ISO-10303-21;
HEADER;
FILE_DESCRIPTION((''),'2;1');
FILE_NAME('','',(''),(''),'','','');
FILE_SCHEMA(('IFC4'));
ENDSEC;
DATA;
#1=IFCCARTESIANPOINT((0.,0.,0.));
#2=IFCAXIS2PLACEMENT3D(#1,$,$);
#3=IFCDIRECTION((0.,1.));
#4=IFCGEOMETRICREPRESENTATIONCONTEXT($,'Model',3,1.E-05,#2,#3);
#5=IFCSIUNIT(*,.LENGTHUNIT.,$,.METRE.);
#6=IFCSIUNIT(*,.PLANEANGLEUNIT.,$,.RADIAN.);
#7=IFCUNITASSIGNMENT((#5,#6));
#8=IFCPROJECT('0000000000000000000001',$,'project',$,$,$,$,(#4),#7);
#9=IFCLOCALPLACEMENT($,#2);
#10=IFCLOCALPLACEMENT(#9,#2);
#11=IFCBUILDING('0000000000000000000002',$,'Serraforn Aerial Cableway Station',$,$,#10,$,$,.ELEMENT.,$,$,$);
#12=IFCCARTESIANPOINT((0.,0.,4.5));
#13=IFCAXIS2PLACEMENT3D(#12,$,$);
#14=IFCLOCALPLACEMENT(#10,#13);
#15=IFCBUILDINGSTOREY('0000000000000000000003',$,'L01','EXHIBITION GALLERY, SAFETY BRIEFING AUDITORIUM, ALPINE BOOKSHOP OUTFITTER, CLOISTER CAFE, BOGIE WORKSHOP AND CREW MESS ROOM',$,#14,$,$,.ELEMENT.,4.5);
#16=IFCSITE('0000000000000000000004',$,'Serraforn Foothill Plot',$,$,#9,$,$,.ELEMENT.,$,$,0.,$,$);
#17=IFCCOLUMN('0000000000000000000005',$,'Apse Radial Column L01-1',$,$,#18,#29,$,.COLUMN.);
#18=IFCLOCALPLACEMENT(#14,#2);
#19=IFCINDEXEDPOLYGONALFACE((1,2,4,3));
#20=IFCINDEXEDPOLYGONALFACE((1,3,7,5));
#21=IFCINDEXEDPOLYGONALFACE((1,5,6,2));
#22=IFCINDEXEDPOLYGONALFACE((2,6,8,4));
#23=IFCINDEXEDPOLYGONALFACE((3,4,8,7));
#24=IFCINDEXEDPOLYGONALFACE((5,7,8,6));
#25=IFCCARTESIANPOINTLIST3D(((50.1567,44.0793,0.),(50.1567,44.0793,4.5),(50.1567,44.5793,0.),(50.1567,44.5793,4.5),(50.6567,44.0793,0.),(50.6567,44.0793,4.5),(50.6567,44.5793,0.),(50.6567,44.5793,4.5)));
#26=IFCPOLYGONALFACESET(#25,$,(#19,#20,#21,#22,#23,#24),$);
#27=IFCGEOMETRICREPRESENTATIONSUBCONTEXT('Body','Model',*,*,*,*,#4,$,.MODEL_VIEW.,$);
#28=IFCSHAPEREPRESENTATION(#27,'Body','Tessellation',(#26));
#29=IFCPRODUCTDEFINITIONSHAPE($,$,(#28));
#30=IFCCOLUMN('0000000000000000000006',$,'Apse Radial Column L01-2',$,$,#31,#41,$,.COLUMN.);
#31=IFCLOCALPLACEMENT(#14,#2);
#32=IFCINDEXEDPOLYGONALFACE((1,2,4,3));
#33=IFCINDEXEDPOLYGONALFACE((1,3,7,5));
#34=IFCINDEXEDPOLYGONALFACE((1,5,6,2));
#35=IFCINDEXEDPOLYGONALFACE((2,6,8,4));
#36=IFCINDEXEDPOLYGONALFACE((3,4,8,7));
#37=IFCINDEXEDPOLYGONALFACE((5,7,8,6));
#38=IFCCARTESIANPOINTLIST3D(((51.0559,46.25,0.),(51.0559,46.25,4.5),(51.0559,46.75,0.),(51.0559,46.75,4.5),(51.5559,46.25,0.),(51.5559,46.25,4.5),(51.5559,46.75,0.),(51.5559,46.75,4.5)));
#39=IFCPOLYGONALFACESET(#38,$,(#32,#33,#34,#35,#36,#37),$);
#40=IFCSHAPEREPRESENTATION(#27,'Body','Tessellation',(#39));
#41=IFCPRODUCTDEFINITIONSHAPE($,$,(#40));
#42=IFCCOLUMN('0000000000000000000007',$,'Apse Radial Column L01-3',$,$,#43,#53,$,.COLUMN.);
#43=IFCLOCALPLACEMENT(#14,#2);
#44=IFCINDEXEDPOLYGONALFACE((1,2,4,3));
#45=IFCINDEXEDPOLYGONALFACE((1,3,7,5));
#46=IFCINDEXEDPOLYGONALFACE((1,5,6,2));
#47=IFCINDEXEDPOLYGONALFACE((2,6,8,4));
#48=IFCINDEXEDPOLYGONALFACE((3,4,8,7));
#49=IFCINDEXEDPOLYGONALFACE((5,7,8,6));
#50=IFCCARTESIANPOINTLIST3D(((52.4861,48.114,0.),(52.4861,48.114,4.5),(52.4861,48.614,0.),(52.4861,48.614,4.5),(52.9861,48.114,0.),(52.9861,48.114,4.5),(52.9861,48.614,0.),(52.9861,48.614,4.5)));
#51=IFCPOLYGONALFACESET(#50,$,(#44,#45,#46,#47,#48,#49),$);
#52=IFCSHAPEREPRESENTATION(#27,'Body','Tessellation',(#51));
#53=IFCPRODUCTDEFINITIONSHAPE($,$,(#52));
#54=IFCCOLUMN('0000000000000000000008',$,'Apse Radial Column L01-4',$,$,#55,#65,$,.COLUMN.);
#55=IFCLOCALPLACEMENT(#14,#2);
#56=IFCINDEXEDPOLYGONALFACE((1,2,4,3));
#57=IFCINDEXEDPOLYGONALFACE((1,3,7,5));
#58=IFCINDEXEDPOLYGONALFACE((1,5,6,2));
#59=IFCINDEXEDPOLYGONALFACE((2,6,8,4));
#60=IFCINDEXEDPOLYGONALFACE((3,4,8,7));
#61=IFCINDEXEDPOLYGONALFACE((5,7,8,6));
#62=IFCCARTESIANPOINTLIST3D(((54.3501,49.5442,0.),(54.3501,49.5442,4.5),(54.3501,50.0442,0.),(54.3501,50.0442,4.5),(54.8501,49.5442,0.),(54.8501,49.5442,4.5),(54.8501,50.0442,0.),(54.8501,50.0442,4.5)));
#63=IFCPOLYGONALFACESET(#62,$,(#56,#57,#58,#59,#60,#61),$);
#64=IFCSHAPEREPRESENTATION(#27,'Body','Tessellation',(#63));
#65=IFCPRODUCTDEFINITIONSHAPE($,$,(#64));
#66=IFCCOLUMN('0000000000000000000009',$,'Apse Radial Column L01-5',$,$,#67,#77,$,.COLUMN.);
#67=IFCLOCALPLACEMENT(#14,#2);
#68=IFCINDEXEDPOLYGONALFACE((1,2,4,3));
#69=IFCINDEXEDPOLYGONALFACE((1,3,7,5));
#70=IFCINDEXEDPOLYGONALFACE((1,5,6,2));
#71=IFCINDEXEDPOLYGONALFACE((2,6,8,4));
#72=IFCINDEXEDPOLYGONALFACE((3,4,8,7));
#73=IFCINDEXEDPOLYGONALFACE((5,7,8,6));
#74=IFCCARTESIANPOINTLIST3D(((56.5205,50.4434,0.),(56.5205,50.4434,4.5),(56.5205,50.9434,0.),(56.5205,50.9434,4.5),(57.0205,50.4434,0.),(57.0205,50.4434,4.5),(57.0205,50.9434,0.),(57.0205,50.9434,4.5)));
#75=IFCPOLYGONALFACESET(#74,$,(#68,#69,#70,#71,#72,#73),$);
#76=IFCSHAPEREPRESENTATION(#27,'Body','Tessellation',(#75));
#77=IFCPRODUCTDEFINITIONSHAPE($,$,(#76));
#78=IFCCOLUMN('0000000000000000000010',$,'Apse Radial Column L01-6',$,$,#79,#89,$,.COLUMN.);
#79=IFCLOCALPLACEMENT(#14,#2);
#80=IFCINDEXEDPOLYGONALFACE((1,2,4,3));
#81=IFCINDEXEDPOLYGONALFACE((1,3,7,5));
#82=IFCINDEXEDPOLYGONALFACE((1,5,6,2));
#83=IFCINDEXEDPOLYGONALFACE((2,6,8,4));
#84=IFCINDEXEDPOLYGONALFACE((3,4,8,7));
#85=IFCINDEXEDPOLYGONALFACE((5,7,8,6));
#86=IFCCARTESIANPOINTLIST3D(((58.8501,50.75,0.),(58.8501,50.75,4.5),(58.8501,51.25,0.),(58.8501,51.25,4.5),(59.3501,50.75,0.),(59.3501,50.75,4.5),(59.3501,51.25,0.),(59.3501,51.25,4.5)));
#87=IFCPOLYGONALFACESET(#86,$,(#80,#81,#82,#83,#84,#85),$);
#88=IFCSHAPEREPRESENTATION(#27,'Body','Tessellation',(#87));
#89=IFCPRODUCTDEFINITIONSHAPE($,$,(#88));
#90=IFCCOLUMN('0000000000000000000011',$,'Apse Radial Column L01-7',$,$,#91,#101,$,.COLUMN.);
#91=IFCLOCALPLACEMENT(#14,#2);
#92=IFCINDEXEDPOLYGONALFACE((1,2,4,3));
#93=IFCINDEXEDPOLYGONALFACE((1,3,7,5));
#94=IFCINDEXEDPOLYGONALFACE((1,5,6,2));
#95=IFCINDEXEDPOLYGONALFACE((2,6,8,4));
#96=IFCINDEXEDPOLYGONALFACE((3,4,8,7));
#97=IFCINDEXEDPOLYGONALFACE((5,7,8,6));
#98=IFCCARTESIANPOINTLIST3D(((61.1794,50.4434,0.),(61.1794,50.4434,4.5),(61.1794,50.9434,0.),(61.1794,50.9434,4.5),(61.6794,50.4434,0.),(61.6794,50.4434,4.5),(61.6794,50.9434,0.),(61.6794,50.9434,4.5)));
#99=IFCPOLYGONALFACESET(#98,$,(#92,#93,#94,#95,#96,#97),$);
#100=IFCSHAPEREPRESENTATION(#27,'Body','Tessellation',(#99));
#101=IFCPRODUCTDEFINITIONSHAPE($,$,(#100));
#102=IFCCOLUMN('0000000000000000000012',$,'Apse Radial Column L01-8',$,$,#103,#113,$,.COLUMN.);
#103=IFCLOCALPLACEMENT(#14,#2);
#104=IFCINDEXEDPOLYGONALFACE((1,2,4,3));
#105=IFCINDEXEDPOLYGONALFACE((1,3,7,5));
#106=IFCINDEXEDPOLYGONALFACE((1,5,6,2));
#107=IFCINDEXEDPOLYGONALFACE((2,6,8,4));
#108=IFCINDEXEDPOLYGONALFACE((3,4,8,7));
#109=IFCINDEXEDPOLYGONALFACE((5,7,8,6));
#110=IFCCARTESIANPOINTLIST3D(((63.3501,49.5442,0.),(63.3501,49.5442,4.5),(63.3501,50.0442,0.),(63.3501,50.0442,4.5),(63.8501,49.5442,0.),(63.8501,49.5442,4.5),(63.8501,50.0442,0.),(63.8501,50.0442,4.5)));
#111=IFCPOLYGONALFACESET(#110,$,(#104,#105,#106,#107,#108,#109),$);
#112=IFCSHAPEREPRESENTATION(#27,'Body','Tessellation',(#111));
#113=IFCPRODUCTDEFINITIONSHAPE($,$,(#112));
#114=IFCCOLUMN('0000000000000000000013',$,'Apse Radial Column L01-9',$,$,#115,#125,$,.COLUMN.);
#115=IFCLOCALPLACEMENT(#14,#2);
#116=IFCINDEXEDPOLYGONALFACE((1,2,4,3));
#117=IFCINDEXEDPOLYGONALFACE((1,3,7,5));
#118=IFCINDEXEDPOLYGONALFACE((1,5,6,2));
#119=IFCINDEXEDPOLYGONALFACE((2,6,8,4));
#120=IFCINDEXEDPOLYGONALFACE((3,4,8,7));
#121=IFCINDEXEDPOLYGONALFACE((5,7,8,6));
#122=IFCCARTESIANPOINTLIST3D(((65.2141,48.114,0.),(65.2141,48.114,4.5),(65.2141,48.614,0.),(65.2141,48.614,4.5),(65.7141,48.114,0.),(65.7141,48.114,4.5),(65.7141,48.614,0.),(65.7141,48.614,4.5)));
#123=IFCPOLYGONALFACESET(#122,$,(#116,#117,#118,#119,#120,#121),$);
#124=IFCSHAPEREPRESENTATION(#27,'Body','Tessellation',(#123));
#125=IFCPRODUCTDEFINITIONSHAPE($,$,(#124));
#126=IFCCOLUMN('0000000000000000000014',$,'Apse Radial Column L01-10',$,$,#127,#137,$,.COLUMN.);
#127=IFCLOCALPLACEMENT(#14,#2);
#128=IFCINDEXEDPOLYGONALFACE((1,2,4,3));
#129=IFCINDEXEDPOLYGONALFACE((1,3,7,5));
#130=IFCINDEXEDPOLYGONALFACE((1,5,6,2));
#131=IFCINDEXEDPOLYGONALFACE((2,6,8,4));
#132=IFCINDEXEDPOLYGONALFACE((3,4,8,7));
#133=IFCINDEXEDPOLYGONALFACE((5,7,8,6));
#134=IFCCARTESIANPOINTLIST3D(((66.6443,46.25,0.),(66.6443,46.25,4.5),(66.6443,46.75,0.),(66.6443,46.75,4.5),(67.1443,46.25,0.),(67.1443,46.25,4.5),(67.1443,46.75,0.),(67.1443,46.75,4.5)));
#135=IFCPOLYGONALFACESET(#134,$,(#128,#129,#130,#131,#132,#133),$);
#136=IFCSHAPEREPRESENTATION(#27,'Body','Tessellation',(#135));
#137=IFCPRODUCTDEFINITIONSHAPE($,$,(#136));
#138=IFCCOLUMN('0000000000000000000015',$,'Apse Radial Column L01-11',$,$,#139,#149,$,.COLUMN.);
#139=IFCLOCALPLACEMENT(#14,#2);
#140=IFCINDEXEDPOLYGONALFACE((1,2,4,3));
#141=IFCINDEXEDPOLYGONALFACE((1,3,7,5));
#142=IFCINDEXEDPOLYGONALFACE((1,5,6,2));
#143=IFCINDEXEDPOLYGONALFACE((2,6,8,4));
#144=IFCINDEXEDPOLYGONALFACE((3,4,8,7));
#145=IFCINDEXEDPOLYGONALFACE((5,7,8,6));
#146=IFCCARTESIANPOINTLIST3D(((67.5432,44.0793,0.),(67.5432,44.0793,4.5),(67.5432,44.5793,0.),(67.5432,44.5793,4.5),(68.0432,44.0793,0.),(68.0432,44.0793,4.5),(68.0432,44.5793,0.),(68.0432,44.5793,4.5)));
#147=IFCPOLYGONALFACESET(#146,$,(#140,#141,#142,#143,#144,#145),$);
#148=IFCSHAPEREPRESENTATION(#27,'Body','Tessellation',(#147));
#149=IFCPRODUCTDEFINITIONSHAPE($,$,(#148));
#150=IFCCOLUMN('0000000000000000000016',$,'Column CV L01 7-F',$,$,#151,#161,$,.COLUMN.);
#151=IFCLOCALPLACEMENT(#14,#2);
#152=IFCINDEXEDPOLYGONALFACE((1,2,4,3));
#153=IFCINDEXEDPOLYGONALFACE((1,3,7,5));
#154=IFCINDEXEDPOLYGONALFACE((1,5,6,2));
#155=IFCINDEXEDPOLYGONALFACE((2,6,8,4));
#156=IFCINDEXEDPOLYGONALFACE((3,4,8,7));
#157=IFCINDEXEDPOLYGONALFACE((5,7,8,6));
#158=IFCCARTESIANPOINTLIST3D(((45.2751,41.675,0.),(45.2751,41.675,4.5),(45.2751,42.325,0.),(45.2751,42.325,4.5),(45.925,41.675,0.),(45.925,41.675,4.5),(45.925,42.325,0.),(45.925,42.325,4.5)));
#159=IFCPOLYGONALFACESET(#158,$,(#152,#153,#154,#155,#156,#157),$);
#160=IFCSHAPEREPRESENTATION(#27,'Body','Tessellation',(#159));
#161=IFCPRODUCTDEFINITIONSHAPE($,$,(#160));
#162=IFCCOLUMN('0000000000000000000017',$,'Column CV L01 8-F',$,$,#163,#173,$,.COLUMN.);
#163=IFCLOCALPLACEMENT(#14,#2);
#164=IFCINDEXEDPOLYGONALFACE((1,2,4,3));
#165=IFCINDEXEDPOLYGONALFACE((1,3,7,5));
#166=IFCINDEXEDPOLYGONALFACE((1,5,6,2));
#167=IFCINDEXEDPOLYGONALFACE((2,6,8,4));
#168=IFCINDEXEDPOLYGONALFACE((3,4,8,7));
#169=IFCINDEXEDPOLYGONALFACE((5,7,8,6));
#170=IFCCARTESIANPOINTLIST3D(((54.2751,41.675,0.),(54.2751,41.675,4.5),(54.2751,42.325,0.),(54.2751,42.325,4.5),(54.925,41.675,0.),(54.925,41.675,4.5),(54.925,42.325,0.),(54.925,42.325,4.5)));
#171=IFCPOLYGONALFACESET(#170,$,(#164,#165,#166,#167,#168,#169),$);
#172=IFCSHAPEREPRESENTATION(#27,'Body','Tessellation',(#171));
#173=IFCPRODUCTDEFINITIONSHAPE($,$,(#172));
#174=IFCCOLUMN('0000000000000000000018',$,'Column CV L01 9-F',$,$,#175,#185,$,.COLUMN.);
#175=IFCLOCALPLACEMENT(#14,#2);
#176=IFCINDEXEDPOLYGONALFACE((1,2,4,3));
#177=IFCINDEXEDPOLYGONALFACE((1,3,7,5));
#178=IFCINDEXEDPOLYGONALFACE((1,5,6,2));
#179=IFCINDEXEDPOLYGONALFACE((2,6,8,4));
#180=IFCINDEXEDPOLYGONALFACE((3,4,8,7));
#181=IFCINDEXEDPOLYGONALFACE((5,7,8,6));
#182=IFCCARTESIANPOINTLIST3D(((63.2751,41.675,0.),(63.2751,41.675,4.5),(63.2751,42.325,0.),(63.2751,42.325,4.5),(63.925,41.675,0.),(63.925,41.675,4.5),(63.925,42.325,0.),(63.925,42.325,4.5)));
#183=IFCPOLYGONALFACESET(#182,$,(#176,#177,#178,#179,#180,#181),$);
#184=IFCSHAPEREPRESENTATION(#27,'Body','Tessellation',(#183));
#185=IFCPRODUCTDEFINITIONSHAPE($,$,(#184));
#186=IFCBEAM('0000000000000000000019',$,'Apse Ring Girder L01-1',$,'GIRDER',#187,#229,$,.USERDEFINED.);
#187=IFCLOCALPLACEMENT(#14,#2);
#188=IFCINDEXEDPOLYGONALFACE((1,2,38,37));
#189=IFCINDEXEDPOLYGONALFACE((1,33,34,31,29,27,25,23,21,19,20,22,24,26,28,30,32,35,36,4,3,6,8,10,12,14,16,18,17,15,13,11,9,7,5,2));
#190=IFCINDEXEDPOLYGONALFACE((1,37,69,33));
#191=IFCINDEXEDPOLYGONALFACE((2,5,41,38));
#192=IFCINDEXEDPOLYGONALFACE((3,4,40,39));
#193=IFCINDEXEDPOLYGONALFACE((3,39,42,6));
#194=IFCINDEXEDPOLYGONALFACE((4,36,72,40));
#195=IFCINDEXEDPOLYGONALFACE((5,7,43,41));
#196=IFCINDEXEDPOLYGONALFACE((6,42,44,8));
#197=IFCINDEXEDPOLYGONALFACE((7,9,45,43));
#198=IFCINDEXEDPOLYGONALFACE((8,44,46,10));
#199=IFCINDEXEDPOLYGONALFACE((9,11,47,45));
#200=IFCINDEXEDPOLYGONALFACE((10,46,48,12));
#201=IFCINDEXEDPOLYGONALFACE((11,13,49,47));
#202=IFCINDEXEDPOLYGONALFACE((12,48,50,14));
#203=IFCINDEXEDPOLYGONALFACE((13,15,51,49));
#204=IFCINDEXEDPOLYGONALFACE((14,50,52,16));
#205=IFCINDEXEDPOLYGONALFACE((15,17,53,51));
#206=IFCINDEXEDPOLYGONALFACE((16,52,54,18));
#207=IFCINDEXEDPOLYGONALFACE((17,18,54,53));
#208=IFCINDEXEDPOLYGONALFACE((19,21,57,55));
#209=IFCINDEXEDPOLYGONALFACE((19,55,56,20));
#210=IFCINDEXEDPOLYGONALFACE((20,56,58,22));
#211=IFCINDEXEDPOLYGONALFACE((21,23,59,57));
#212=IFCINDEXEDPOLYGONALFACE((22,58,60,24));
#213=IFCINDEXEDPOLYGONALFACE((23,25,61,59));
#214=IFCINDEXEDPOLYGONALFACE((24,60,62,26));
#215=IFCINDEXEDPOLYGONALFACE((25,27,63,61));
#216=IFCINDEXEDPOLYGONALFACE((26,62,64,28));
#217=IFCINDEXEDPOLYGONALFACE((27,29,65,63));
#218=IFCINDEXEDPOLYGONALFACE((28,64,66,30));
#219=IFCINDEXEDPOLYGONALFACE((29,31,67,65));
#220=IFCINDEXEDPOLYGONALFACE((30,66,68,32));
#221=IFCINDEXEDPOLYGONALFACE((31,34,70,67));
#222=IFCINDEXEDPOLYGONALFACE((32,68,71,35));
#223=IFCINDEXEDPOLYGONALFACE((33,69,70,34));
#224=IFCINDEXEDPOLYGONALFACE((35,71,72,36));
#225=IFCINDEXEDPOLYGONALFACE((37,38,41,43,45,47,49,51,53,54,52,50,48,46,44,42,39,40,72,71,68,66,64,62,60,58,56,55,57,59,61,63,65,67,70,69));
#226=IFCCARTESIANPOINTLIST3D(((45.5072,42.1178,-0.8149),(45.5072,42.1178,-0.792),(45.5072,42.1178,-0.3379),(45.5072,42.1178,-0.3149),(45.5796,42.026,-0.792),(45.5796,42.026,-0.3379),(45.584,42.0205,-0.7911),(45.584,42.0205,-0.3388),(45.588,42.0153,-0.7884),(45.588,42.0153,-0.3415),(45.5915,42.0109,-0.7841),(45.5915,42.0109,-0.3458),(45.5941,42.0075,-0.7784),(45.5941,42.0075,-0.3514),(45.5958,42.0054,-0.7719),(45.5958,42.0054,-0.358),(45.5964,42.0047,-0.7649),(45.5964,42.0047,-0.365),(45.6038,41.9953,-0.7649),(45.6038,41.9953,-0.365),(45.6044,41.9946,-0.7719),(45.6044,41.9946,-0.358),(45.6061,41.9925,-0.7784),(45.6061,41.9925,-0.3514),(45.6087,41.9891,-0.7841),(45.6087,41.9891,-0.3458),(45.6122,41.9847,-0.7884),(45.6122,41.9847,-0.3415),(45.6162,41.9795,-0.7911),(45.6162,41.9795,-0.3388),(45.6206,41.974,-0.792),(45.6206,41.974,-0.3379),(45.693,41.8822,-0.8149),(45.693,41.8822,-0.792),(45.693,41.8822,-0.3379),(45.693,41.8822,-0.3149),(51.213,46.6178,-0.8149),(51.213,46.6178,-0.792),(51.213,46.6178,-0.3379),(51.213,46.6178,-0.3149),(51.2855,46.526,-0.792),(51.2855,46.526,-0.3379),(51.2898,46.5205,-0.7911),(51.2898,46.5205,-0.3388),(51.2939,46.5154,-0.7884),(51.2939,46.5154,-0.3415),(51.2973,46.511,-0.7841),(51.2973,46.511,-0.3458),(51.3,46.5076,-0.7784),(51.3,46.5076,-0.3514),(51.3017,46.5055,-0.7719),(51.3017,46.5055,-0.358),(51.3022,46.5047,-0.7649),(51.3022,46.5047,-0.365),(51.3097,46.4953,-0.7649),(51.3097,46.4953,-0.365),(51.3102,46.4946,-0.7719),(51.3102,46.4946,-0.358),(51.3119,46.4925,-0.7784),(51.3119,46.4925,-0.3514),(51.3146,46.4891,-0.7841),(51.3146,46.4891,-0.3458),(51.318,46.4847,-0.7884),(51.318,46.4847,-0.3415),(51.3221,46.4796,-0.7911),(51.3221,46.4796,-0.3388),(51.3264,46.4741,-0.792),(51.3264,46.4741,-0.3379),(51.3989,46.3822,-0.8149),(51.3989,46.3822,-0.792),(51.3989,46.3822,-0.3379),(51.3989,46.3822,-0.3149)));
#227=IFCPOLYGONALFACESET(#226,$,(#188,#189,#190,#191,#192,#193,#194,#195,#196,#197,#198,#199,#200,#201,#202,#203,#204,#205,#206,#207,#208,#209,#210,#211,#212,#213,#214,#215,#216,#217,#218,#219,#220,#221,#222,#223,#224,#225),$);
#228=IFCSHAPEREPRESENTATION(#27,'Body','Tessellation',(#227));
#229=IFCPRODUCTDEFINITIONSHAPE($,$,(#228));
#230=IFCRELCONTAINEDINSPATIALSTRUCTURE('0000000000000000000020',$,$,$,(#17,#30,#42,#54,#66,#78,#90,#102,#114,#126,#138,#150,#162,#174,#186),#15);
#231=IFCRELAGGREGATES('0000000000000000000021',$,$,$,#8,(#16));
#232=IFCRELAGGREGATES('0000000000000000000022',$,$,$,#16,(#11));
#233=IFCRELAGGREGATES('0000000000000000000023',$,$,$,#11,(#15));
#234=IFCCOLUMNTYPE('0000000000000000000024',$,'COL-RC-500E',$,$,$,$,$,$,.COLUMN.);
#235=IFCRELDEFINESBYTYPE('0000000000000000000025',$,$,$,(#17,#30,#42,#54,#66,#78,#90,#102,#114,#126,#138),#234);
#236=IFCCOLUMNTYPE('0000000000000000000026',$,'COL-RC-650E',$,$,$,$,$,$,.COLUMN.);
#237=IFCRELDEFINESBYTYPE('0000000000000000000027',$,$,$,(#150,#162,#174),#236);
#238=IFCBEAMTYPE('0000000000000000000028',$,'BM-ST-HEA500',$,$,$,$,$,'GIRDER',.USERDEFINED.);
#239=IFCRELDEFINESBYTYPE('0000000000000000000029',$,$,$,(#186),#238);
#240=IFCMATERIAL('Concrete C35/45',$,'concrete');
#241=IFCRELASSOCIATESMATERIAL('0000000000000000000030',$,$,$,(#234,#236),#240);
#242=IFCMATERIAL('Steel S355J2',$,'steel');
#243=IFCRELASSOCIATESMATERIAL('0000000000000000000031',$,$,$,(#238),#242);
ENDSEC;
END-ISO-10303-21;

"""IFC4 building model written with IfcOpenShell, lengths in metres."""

from ifc_helpers import new_model, si_unit, direction, frame, origin, origin_2d, place, context, subcontext, project, spatial, rectangle, i_section, extrude, material, material_profile, profile_set, type_object, element, save


model = new_model("IFC4")

# Units and contexts
model_context = context("Model", 3, precision=1e-05, world=origin(), true_north=direction((0.0, 1.0)))
body_context = subcontext(model_context, "Body", "Model", "MODEL_VIEW")
ifc_project = project(units=[si_unit("LENGTHUNIT", "METRE"), si_unit("PLANEANGLEUNIT", "RADIAN")], contexts=[model_context])

# Site, building, storey
site_placement = place(None, origin())
site = spatial("IfcSite", under=ifc_project, at=site_placement, Name="Serraforn Foothill Plot", CompositionType="ELEMENT", RefElevation=0.0)
building_placement = place(site_placement, origin())
building = spatial("IfcBuilding", under=site, at=building_placement, Name="Serraforn Aerial Cableway Station", CompositionType="ELEMENT")
storey_placement = place(building_placement, frame((0.0, 0.0, 4.5)))
storey = spatial("IfcBuildingStorey", under=building, at=storey_placement, Name="L01", Description="EXHIBITION GALLERY, SAFETY BRIEFING AUDITORIUM, ALPINE BOOKSHOP OUTFITTER, CLOISTER CAFE, BOGIE WORKSHOP AND CREW MESS ROOM", CompositionType="ELEMENT", Elevation=4.5)

# Columns
ifc_material_1 = material(Name="Concrete C35/45", Category="concrete")
ifc_material_profile_1 = material_profile(ifc_material_1, rectangle(XDim=0.5, YDim=0.5, at=origin_2d()), Name="RC 500x500")
ifc_profile_set_1 = profile_set([ifc_material_profile_1], Name="Concrete C35/45")
column_type_1 = type_object("IfcColumnType", Name="COL-RC-500E", PredefinedType="COLUMN", material=ifc_profile_set_1)
for number, where, z_axis, x_axis, name in (
    (1, (50.4067, 44.3293, 0.0), (0.0, 0.0, 1.0), (1.0, 0.0, 0.0), "Apse Radial Column L01-1"),
    (2, (51.3059, 46.5, 0.0), (0.0, 0.0, 1.0), (1.0, 0.0, 0.0), "Apse Radial Column L01-2"),
    (3, (52.7361, 48.364, 0.0), (0.0, 0.0, 1.0), (1.0, 0.0, 0.0), "Apse Radial Column L01-3"),
    (4, (54.6001, 49.7942, 0.0), (0.0, 0.0, 1.0), (1.0, 0.0, 0.0), "Apse Radial Column L01-4"),
    (5, (56.7705, 50.6934, 0.0), (0.0, 0.0, 1.0), (1.0, 0.0, 0.0), "Apse Radial Column L01-5"),
    (6, (59.1001, 51.0, 0.0), (0.0, 0.0, 1.0), (1.0, 0.0, 0.0), "Apse Radial Column L01-6"),
    (7, (61.4294, 50.6934, 0.0), (0.0, 0.0, 1.0), (1.0, 0.0, 0.0), "Apse Radial Column L01-7"),
    (8, (63.6001, 49.7942, 0.0), (0.0, 0.0, 1.0), (1.0, 0.0, 0.0), "Apse Radial Column L01-8"),
    (9, (65.4641, 48.364, 0.0), (0.0, 0.0, 1.0), (1.0, 0.0, 0.0), "Apse Radial Column L01-9"),
    (10, (66.8943, 46.5, 0.0), (0.0, 0.0, 1.0), (1.0, 0.0, 0.0), "Apse Radial Column L01-10"),
    (11, (67.7932, 44.3293, 0.0), (0.0, 0.0, 1.0), (1.0, 0.0, 0.0), "Apse Radial Column L01-11"),
):
    element("IfcColumn", number, at=place(storey_placement, frame(where, z_axis=z_axis, x_axis=x_axis)), inside=storey, type_object=column_type_1, Name=name, PredefinedType="COLUMN", context=body_context, shape_type="SweptSolid", body=[
        extrude(rectangle(XDim=0.5, YDim=0.5, at=origin_2d()), origin(), (0.0, 0.0, 1.0), 4.5),
    ])
ifc_material_profile_2 = material_profile(ifc_material_1, rectangle(XDim=0.6499, YDim=0.6499, at=origin_2d()), Name="RC 650x650")
ifc_profile_set_2 = profile_set([ifc_material_profile_2], Name="Concrete C35/45")
column_type_2 = type_object("IfcColumnType", Name="COL-RC-650E", PredefinedType="COLUMN", material=ifc_profile_set_2)
for number, where, z_axis, x_axis, name in (
    (12, (45.6001, 42.0, 0.0), (0.0, 0.0, 1.0), (1.0, 0.0, 0.0), "Column CV L01 7-F"),
    (13, (54.6001, 42.0, 0.0), (0.0, 0.0, 1.0), (1.0, 0.0, 0.0), "Column CV L01 8-F"),
    (14, (63.6001, 42.0, 0.0), (0.0, 0.0, 1.0), (1.0, 0.0, 0.0), "Column CV L01 9-F"),
):
    element("IfcColumn", number, at=place(storey_placement, frame(where, z_axis=z_axis, x_axis=x_axis)), inside=storey, type_object=column_type_2, Name=name, PredefinedType="COLUMN", context=body_context, shape_type="SweptSolid", body=[
        extrude(rectangle(XDim=0.6499, YDim=0.6499, at=origin_2d()), origin(), (0.0, 0.0, 1.0), 4.5),
    ])

# Beam
ifc_material_2 = material(Name="Steel S355J2", Category="steel")
ifc_material_profile_3 = material_profile(ifc_material_2, i_section(OverallWidth=0.3, OverallDepth=0.5, WebThickness=0.012, FlangeThickness=0.0229, FilletRadius=0.0271, at=origin_2d()), Name="HEA 500")
ifc_profile_set_3 = profile_set([ifc_material_profile_3], Name="Steel S355J2")
beam_type_1 = type_object("IfcBeamType", Name="BM-ST-HEA500", ElementType="GIRDER", PredefinedType="USERDEFINED", material=ifc_profile_set_3)
beam_1_placement = place(storey_placement, frame((45.6001, 42.0, -0.5649), z_axis=(0.78519, 0.619255, 0.0), x_axis=(-0.619255, 0.78519, 0.0)))
element("IfcBeam", 15, at=beam_1_placement, inside=storey, type_object=beam_type_1, Name="Apse Ring Girder L01-1", ObjectType="GIRDER", PredefinedType="USERDEFINED", context=body_context, shape_type="SweptSolid", body=[
    extrude(i_section(OverallWidth=0.3, OverallDepth=0.5, WebThickness=0.012, FlangeThickness=0.0229, FilletRadius=0.0271, at=origin_2d()), origin(), (0.0, 0.0, 1.0), 7.2668),
])

save(model, "model.ifc")
